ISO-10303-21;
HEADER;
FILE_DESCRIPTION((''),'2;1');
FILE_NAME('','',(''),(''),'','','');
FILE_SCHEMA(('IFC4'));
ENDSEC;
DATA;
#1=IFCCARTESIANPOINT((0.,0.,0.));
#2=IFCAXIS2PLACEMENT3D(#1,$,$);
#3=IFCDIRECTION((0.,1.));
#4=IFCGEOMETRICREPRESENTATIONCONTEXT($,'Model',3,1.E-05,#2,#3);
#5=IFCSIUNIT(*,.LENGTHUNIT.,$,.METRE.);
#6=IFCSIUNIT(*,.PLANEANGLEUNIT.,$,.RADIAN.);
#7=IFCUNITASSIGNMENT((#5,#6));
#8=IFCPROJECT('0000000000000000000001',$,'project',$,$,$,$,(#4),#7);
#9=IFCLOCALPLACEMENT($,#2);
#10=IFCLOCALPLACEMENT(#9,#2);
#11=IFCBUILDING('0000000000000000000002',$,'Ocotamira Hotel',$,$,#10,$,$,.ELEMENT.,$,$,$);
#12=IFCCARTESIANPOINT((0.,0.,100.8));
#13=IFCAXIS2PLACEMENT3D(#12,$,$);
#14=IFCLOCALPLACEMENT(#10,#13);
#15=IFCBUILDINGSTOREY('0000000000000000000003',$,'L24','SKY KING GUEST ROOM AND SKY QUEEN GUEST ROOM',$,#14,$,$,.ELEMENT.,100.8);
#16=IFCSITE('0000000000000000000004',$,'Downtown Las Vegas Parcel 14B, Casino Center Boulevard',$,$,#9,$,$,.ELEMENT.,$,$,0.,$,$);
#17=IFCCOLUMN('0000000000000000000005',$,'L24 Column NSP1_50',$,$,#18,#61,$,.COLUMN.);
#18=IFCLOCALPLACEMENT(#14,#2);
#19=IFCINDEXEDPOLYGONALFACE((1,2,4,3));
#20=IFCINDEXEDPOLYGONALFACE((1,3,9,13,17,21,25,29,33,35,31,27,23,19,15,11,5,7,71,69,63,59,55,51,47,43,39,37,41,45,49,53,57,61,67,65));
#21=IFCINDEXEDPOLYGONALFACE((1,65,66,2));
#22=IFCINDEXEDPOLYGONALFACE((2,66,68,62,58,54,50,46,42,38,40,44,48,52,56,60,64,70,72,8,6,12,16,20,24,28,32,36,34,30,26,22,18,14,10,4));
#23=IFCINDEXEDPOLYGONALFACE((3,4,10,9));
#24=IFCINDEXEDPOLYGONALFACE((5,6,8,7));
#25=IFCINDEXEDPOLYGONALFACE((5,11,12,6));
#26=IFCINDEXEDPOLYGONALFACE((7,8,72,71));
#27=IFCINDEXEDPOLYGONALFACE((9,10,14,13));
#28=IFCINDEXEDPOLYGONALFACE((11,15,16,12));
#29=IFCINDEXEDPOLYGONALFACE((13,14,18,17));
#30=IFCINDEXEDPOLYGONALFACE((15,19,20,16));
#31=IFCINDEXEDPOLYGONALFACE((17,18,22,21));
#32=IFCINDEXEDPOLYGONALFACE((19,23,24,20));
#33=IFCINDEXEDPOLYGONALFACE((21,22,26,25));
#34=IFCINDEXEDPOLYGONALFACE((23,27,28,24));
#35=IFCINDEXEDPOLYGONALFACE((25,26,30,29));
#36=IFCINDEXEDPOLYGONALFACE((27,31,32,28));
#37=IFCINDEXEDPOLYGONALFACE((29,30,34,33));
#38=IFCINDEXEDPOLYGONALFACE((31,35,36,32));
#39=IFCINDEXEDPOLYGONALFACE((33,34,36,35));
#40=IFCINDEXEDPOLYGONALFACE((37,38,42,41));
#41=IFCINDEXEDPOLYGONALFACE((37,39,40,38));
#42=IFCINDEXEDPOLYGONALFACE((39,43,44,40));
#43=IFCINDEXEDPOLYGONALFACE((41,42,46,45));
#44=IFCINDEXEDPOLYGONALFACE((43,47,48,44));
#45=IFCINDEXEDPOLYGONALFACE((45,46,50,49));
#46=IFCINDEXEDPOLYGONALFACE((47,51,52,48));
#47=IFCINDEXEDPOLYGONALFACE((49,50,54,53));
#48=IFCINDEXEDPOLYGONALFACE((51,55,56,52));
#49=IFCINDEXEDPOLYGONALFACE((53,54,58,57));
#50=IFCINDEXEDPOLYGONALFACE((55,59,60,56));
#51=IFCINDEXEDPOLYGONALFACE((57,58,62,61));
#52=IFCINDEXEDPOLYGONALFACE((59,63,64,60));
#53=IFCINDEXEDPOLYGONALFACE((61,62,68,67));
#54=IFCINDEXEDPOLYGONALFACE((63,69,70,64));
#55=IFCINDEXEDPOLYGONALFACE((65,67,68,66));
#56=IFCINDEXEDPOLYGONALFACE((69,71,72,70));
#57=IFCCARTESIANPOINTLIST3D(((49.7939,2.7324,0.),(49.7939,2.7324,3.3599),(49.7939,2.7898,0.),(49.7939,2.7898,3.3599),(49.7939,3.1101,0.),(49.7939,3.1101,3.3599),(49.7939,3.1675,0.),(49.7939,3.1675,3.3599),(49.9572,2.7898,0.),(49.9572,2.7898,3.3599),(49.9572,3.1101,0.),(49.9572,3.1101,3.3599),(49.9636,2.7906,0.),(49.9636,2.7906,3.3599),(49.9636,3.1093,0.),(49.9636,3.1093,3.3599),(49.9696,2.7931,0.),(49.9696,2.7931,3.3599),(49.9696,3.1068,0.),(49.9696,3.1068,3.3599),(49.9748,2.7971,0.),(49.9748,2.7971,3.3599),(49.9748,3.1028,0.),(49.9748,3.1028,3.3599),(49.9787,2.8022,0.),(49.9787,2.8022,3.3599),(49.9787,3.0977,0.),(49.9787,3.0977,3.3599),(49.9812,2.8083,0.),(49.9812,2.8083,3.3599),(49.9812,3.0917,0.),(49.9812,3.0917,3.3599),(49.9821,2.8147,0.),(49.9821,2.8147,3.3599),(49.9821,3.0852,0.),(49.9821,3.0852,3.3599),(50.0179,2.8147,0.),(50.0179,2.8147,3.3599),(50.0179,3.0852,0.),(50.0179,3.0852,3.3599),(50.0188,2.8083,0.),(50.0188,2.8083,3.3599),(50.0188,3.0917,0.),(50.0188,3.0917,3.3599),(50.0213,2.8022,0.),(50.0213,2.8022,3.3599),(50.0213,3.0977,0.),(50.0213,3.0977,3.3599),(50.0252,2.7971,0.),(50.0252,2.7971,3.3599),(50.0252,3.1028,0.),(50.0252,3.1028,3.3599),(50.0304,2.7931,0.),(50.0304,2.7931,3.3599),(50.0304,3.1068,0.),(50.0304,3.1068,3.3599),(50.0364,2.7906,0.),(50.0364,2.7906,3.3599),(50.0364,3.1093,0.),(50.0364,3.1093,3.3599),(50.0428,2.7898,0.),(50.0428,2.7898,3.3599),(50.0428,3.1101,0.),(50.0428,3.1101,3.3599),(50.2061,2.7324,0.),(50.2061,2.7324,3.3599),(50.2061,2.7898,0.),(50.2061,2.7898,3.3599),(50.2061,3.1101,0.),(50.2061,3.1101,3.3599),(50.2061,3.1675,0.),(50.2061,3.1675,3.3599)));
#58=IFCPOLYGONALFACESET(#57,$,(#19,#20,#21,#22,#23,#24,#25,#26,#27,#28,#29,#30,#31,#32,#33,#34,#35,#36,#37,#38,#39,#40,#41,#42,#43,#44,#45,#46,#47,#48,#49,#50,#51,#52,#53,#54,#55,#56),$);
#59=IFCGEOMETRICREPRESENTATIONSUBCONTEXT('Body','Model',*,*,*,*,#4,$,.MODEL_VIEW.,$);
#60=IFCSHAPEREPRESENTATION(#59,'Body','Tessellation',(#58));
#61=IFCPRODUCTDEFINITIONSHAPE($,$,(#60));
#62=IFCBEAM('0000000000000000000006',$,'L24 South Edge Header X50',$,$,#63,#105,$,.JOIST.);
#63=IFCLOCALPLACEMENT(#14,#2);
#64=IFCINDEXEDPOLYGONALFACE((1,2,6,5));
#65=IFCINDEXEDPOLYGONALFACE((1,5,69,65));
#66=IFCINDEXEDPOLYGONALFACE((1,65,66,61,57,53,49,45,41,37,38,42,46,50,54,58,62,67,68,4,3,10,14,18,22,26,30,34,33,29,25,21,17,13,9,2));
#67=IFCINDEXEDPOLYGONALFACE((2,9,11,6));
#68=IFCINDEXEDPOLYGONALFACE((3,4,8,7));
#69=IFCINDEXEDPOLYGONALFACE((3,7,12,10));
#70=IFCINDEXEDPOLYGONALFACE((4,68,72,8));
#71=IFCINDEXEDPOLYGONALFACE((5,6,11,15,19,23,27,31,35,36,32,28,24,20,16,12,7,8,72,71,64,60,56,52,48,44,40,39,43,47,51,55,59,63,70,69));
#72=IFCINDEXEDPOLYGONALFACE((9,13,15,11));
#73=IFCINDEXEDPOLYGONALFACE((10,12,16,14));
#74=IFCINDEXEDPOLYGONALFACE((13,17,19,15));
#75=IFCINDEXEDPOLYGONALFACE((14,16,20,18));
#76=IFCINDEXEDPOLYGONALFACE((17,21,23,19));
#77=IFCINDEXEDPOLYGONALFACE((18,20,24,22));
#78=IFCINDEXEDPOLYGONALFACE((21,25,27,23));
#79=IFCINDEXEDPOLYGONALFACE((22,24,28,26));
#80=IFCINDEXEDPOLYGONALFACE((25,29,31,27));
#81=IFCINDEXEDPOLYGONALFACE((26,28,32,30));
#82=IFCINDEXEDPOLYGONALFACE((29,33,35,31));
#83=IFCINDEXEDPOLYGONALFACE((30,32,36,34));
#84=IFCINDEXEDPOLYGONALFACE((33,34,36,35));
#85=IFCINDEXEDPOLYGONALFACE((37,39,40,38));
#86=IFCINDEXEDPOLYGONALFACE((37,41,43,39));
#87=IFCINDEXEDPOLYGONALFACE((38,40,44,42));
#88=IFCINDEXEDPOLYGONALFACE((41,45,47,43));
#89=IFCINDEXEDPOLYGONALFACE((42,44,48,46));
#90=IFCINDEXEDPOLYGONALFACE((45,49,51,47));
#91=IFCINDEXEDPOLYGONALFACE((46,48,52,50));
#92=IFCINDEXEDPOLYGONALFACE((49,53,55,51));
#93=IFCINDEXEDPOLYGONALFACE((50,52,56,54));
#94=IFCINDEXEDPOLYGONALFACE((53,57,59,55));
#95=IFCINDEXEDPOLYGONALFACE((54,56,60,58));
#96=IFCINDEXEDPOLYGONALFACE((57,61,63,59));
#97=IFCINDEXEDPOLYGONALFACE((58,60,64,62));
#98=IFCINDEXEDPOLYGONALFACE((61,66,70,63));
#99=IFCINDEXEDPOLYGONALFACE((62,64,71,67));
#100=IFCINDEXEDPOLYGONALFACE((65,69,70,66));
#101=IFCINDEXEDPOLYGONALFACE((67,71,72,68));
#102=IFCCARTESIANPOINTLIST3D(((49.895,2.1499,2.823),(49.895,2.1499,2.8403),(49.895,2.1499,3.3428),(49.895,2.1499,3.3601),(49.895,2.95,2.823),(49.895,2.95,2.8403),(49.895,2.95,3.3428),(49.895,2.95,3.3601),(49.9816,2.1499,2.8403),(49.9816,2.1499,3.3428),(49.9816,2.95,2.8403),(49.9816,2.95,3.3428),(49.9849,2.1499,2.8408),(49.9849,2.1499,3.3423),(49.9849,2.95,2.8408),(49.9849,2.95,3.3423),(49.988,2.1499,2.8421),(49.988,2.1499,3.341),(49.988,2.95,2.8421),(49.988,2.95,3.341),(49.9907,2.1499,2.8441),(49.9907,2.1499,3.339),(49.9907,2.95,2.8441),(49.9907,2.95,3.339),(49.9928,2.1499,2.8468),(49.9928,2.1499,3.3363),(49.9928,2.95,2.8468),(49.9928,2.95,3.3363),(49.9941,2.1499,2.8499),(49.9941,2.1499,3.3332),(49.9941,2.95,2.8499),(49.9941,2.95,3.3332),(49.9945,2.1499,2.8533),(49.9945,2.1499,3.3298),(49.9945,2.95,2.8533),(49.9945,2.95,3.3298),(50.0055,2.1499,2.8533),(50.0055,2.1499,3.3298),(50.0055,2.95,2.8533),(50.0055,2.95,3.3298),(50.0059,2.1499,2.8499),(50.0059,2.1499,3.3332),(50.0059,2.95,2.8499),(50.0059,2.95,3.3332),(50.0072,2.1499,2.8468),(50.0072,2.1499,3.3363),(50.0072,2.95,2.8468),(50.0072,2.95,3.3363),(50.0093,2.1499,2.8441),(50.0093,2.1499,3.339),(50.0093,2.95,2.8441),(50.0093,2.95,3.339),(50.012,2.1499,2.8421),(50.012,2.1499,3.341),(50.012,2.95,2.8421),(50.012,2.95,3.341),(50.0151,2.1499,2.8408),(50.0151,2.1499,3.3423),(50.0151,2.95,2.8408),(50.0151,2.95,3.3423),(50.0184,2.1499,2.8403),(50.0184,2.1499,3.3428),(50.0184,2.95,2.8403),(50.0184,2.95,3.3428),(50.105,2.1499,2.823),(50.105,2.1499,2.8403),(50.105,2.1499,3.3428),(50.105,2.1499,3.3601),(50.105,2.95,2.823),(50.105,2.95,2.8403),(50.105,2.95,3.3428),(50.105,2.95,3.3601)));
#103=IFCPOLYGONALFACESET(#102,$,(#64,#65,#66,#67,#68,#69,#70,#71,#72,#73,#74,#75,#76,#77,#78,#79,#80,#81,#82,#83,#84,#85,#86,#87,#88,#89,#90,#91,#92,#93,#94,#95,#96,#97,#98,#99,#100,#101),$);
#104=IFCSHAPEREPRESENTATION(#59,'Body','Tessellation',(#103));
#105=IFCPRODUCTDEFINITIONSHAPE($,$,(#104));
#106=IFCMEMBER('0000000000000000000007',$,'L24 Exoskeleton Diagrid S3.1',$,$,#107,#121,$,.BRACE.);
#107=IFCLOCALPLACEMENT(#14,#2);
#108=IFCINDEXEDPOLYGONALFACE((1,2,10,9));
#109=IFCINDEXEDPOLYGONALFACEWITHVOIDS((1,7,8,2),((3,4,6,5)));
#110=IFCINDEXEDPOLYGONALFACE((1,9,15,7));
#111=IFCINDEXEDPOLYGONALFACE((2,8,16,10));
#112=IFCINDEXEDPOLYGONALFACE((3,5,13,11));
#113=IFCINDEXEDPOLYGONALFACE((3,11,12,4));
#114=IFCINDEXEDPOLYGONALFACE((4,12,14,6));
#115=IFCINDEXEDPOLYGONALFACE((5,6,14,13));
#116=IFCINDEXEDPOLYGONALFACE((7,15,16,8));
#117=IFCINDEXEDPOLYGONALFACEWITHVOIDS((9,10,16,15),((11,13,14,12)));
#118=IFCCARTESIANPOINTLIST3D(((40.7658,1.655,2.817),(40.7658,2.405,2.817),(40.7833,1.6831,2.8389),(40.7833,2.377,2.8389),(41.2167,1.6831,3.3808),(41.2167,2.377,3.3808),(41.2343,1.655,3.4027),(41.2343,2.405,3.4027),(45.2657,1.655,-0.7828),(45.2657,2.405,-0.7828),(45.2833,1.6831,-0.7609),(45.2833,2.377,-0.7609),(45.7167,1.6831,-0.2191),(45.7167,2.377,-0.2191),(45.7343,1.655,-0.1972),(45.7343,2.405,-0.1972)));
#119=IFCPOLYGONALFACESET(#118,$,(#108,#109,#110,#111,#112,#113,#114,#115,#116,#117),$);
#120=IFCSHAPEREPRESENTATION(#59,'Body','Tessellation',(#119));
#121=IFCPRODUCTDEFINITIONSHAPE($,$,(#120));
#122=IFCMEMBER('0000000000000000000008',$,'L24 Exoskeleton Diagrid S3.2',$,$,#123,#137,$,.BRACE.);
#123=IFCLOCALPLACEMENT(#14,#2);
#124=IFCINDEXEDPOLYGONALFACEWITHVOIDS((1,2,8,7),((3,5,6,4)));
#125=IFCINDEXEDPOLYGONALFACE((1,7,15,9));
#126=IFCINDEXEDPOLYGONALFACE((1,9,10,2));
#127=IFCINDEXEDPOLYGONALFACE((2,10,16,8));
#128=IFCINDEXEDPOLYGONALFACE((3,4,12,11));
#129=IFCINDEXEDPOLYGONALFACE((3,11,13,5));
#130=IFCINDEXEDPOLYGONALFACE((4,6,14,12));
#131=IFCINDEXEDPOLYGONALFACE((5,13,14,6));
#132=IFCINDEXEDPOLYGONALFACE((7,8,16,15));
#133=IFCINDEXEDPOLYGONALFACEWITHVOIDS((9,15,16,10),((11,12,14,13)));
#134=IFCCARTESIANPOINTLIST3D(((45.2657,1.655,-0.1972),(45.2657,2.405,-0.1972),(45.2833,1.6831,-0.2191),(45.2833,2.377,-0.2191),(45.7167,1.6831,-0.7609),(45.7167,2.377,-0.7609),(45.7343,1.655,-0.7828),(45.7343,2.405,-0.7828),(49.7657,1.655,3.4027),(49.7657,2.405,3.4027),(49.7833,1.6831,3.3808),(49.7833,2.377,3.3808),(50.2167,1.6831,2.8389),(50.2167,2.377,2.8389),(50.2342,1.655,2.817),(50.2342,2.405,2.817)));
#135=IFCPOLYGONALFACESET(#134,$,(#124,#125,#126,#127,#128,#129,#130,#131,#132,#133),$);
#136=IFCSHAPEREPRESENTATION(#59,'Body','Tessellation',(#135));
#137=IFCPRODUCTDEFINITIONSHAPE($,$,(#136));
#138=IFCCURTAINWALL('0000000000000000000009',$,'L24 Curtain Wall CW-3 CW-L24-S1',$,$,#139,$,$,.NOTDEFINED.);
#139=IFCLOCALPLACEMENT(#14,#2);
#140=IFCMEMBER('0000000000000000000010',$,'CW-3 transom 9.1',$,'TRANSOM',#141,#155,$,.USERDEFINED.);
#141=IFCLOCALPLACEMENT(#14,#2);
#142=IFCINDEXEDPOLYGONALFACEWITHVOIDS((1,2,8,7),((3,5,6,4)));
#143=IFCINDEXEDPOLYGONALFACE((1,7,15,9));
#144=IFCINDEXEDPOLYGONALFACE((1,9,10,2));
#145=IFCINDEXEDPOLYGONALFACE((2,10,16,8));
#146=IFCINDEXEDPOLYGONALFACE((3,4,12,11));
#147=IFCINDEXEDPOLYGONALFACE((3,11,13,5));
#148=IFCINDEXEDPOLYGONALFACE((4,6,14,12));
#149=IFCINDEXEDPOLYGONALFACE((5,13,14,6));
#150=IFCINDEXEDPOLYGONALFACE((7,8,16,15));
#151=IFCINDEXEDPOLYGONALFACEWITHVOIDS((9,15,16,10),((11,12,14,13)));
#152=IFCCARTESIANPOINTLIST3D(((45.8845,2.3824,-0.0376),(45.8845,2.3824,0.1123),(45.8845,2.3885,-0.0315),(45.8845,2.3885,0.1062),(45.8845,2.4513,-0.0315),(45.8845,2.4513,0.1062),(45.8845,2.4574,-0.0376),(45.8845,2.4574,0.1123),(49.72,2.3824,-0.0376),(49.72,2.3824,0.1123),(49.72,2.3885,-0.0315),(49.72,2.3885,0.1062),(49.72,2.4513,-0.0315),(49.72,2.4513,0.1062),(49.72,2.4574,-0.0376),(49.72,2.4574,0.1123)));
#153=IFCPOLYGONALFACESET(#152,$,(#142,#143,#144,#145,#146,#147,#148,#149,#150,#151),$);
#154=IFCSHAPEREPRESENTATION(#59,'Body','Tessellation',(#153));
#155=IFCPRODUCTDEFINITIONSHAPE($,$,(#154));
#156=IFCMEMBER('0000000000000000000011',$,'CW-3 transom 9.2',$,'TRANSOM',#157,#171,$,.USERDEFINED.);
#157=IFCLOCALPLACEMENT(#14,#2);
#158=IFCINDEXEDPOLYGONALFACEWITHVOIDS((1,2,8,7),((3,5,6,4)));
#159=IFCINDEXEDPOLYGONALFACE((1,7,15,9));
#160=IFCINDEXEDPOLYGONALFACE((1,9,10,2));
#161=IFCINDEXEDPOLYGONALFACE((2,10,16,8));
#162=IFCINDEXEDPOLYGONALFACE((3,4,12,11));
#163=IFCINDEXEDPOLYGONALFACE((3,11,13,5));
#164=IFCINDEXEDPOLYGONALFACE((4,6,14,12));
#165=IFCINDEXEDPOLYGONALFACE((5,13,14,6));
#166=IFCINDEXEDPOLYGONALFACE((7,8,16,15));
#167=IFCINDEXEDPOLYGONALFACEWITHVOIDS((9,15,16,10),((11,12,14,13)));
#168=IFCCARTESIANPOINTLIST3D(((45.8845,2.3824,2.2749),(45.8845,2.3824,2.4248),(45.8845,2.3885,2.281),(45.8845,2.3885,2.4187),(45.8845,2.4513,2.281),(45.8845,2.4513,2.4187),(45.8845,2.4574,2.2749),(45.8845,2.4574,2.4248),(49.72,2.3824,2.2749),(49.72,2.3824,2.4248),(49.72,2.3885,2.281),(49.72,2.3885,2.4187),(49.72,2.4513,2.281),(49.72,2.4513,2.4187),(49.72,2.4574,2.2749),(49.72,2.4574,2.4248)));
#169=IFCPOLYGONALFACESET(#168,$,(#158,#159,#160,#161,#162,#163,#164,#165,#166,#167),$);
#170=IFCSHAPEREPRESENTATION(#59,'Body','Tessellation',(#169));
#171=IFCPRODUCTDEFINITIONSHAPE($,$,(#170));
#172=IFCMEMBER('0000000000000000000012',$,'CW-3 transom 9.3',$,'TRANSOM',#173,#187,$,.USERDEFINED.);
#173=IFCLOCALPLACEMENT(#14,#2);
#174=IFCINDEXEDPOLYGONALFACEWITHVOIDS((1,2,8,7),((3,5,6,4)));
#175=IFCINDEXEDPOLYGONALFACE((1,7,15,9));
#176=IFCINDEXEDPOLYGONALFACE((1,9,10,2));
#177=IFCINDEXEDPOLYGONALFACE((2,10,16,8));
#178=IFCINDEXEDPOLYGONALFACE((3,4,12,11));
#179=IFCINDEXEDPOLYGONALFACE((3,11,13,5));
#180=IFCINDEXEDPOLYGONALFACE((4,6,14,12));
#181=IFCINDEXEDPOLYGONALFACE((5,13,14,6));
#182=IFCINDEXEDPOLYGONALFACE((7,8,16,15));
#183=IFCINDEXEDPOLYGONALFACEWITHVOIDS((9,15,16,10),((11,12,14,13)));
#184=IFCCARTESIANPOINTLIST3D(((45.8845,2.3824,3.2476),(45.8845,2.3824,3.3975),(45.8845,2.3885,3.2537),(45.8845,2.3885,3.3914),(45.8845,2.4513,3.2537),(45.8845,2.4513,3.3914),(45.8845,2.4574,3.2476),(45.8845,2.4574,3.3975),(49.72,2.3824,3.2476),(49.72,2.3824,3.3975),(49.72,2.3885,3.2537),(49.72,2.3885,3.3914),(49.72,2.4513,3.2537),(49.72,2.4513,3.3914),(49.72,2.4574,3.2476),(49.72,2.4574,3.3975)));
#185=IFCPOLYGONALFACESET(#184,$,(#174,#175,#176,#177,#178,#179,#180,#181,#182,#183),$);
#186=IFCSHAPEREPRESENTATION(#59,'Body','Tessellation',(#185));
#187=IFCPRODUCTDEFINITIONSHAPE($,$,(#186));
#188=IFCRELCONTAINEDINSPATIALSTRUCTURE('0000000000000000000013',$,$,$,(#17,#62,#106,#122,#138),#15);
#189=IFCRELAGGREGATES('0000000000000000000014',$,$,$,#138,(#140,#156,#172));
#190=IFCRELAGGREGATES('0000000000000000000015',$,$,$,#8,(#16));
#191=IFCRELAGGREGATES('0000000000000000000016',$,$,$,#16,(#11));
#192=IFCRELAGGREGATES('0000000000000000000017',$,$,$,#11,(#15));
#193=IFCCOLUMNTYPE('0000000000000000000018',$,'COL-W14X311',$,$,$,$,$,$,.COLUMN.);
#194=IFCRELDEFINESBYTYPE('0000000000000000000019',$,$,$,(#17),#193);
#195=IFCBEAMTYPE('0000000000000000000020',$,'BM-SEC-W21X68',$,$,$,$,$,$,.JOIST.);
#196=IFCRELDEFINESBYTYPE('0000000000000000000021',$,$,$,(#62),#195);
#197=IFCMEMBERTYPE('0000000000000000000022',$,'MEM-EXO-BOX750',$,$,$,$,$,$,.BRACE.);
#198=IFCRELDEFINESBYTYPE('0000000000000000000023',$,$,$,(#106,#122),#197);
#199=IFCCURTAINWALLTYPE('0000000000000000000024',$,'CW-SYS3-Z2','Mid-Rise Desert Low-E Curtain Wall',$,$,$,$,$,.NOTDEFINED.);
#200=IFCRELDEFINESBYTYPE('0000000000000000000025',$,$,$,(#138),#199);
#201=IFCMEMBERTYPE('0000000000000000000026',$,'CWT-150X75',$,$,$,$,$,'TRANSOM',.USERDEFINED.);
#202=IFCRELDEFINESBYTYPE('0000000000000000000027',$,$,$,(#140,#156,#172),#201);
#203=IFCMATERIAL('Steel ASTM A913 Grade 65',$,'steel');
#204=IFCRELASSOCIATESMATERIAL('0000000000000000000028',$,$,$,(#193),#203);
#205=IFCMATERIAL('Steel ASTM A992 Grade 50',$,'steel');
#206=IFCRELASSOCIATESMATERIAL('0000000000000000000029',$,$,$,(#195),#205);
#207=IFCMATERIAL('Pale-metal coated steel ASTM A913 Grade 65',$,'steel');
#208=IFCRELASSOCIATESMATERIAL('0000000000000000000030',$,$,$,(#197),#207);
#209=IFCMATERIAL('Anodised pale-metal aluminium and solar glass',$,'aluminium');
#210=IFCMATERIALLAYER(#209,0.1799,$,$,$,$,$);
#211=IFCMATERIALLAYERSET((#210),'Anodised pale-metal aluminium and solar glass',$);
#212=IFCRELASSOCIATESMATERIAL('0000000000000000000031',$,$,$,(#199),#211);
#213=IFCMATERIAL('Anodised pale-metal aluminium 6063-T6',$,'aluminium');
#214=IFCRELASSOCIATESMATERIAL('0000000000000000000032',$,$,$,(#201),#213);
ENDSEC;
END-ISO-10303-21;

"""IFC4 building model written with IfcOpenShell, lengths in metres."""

from ifc_helpers import new_model, si_unit, direction, frame, origin, origin_2d, place, context, subcontext, project, spatial, hollow_rectangle, i_section, extrude, source, transform, mapped, material, layer, layer_set, material_profile, profile_set, type_object, element, aggregate, save


model = new_model("IFC4")

# Units and contexts
model_context = context("Model", 3, precision=1e-05, world=origin(), true_north=direction((0.0, 1.0)))
body_context = subcontext(model_context, "Body", "Model", "MODEL_VIEW")
ifc_project = project(units=[si_unit("LENGTHUNIT", "METRE"), si_unit("PLANEANGLEUNIT", "RADIAN")], contexts=[model_context])

# Site, building, storey
site_placement = place(None, origin())
site = spatial("IfcSite", under=ifc_project, at=site_placement, Name="Downtown Las Vegas Parcel 14B, Casino Center Boulevard", CompositionType="ELEMENT", RefElevation=0.0)
building_placement = place(site_placement, origin())
building = spatial("IfcBuilding", under=site, at=building_placement, Name="Ocotamira Hotel", CompositionType="ELEMENT")
storey_placement = place(building_placement, frame((0.0, 0.0, 100.8)))
storey = spatial("IfcBuildingStorey", under=building, at=storey_placement, Name="L24", Description="SKY KING GUEST ROOM AND SKY QUEEN GUEST ROOM", CompositionType="ELEMENT", Elevation=100.8)

# Column
ifc_material_1 = material(Name="Steel ASTM A913 Grade 65", Category="steel")
ifc_material_profile_1 = material_profile(ifc_material_1, i_section(OverallWidth=0.4121, OverallDepth=0.4351, WebThickness=0.0359, FlangeThickness=0.0574, FilletRadius=0.0249, at=origin_2d()), Name="W14X311")
ifc_profile_set_1 = profile_set([ifc_material_profile_1], Name="Steel ASTM A913 Grade 65")
column_type = type_object("IfcColumnType", Name="COL-W14X311", PredefinedType="COLUMN", material=ifc_profile_set_1)
shared_shape_1 = source(origin(), body_context, "Body", "SweptSolid", [
    extrude(i_section(OverallWidth=0.4121, OverallDepth=0.4351, WebThickness=0.0359, FlangeThickness=0.0574, FilletRadius=0.0249, at=origin_2d()), origin(), (0.0, 0.0, 1.0), 3.3599),
])
column_placement = place(storey_placement, frame((50.0, 2.95, 0.0), z_axis=(0.0, 0.0, 1.0), x_axis=(1.0, 0.0, 0.0)))
element("IfcColumn", 1, at=column_placement, inside=storey, type_object=column_type, Name="L24 Column NSP1_50", PredefinedType="COLUMN", context=body_context, shape_type="MappedRepresentation", body=[
    mapped(shared_shape_1, transform((0.0, 0.0, 0.0), scale=1.0)),
])

# Beam
ifc_material_2 = material(Name="Steel ASTM A992 Grade 50", Category="steel")
ifc_material_profile_2 = material_profile(ifc_material_2, i_section(OverallWidth=0.21, OverallDepth=0.5371, WebThickness=0.011, FlangeThickness=0.0173, FilletRadius=0.0129, at=origin_2d()), Name="W21X68")
ifc_profile_set_2 = profile_set([ifc_material_profile_2], Name="Steel ASTM A992 Grade 50")
beam_type = type_object("IfcBeamType", Name="BM-SEC-W21X68", PredefinedType="JOIST", material=ifc_profile_set_2)
shared_shape_2 = source(origin(), body_context, "Body", "SweptSolid", [
    extrude(i_section(OverallWidth=0.21, OverallDepth=0.5371, WebThickness=0.011, FlangeThickness=0.0173, FilletRadius=0.0129, at=origin_2d()), origin(), (0.0, 0.0, 1.0), 0.8),
])
beam_placement = place(storey_placement, frame((50.0, 2.95, 3.0916), z_axis=(0.0, -1.0, 0.0), x_axis=(1.0, 0.0, 0.0)))
element("IfcBeam", 2, at=beam_placement, inside=storey, type_object=beam_type, Name="L24 South Edge Header X50", PredefinedType="JOIST", context=body_context, shape_type="MappedRepresentation", body=[
    mapped(shared_shape_2, transform((0.0, 0.0, 0.0), scale=1.0)),
])

# Members
ifc_material_3 = material(Name="Pale-metal coated steel ASTM A913 Grade 65", Category="steel")
ifc_material_profile_3 = material_profile(ifc_material_3, hollow_rectangle(XDim=0.75, YDim=0.75, WallThickness=0.0281, at=origin_2d()), Name="BOX750X750X28")
ifc_profile_set_3 = profile_set([ifc_material_profile_3], Name="Pale-metal coated steel ASTM A913 Grade 65")
member_type_1 = type_object("IfcMemberType", Name="MEM-EXO-BOX750", PredefinedType="BRACE", material=ifc_profile_set_3)
shared_shape_3 = source(origin(), body_context, "Body", "SweptSolid", [
    extrude(hollow_rectangle(XDim=0.75, YDim=0.75, WallThickness=0.0281, at=origin_2d()), origin(), (0.0, 0.0, 1.0), 5.7627),
])
for number, where, z_axis, x_axis, name in (
    (3, (45.5, 2.03, -0.49), (-0.780881, 0.0, 0.62468), (0.0, -1.0, 0.0), "L24 Exoskeleton Diagrid S3.1"),
    (4, (45.5, 2.03, -0.49), (0.780881, 0.0, 0.62468), (0.0, 1.0, 0.0), "L24 Exoskeleton Diagrid S3.2"),
):
    element("IfcMember", number, at=place(storey_placement, frame(where, z_axis=z_axis, x_axis=x_axis)), inside=storey, type_object=member_type_1, Name=name, PredefinedType="BRACE", context=body_context, shape_type="MappedRepresentation", body=[
        mapped(shared_shape_3, transform((0.0, 0.0, 0.0), scale=1.0)),
    ])

# Curtain wall, members
ifc_material_4 = material(Name="Anodised pale-metal aluminium and solar glass", Category="aluminium")
ifc_layer_1 = layer(ifc_material_4, 0.1799)
ifc_layer_set_1 = layer_set([ifc_layer_1], Name="Anodised pale-metal aluminium and solar glass")
curtain_wall_type = type_object("IfcCurtainWallType", Name="CW-SYS3-Z2", Description="Mid-Rise Desert Low-E Curtain Wall", PredefinedType="NOTDEFINED", material=ifc_layer_set_1)
curtain_wall_placement = place(storey_placement, origin())
curtain_wall = element("IfcCurtainWall", 5, at=curtain_wall_placement, inside=storey, type_object=curtain_wall_type, Name="L24 Curtain Wall CW-3 CW-L24-S1", PredefinedType="NOTDEFINED")
ifc_material_5 = material(Name="Anodised pale-metal aluminium 6063-T6", Category="aluminium")
ifc_material_profile_4 = material_profile(ifc_material_5, hollow_rectangle(XDim=0.075, YDim=0.1499, WallThickness=0.0061, at=origin_2d()), Name="HSS150X75X6")
ifc_profile_set_4 = profile_set([ifc_material_profile_4], Name="Anodised pale-metal aluminium 6063-T6")
member_type_2 = type_object("IfcMemberType", Name="CWT-150X75", ElementType="TRANSOM", PredefinedType="USERDEFINED", material=ifc_profile_set_4)
shared_shape_4 = source(origin(), body_context, "Body", "SweptSolid", [
    extrude(hollow_rectangle(XDim=0.075, YDim=0.1499, WallThickness=0.0061, at=origin_2d()), origin(), (0.0, 0.0, 1.0), 3.8354),
])
member_1_placement = place(storey_placement, frame((45.8845, 2.4199, 0.0374), z_axis=(1.0, 0.0, 0.0), x_axis=(0.0, 1.0, 0.0)))
member_1 = element("IfcMember", 6, at=member_1_placement, type_object=member_type_2, Name="CW-3 transom 9.1", ObjectType="TRANSOM", PredefinedType="USERDEFINED", context=body_context, shape_type="MappedRepresentation", body=[
    mapped(shared_shape_4, transform((0.0, 0.0, 0.0), scale=1.0)),
])
member_2_placement = place(storey_placement, frame((45.8845, 2.4199, 2.3499), z_axis=(1.0, 0.0, 0.0), x_axis=(0.0, 1.0, 0.0)))
member_2 = element("IfcMember", 7, at=member_2_placement, type_object=member_type_2, Name="CW-3 transom 9.2", ObjectType="TRANSOM", PredefinedType="USERDEFINED", context=body_context, shape_type="MappedRepresentation", body=[
    mapped(shared_shape_4, transform((0.0, 0.0, 0.0), scale=1.0)),
])
member_3_placement = place(storey_placement, frame((45.8845, 2.4199, 3.3225), z_axis=(1.0, 0.0, 0.0), x_axis=(0.0, 1.0, 0.0)))
member_3 = element("IfcMember", 8, at=member_3_placement, type_object=member_type_2, Name="CW-3 transom 9.3", ObjectType="TRANSOM", PredefinedType="USERDEFINED", context=body_context, shape_type="MappedRepresentation", body=[
    mapped(shared_shape_4, transform((0.0, 0.0, 0.0), scale=1.0)),
])

aggregate(curtain_wall, [member_1, member_2, member_3])

save(model, "model.ifc")
